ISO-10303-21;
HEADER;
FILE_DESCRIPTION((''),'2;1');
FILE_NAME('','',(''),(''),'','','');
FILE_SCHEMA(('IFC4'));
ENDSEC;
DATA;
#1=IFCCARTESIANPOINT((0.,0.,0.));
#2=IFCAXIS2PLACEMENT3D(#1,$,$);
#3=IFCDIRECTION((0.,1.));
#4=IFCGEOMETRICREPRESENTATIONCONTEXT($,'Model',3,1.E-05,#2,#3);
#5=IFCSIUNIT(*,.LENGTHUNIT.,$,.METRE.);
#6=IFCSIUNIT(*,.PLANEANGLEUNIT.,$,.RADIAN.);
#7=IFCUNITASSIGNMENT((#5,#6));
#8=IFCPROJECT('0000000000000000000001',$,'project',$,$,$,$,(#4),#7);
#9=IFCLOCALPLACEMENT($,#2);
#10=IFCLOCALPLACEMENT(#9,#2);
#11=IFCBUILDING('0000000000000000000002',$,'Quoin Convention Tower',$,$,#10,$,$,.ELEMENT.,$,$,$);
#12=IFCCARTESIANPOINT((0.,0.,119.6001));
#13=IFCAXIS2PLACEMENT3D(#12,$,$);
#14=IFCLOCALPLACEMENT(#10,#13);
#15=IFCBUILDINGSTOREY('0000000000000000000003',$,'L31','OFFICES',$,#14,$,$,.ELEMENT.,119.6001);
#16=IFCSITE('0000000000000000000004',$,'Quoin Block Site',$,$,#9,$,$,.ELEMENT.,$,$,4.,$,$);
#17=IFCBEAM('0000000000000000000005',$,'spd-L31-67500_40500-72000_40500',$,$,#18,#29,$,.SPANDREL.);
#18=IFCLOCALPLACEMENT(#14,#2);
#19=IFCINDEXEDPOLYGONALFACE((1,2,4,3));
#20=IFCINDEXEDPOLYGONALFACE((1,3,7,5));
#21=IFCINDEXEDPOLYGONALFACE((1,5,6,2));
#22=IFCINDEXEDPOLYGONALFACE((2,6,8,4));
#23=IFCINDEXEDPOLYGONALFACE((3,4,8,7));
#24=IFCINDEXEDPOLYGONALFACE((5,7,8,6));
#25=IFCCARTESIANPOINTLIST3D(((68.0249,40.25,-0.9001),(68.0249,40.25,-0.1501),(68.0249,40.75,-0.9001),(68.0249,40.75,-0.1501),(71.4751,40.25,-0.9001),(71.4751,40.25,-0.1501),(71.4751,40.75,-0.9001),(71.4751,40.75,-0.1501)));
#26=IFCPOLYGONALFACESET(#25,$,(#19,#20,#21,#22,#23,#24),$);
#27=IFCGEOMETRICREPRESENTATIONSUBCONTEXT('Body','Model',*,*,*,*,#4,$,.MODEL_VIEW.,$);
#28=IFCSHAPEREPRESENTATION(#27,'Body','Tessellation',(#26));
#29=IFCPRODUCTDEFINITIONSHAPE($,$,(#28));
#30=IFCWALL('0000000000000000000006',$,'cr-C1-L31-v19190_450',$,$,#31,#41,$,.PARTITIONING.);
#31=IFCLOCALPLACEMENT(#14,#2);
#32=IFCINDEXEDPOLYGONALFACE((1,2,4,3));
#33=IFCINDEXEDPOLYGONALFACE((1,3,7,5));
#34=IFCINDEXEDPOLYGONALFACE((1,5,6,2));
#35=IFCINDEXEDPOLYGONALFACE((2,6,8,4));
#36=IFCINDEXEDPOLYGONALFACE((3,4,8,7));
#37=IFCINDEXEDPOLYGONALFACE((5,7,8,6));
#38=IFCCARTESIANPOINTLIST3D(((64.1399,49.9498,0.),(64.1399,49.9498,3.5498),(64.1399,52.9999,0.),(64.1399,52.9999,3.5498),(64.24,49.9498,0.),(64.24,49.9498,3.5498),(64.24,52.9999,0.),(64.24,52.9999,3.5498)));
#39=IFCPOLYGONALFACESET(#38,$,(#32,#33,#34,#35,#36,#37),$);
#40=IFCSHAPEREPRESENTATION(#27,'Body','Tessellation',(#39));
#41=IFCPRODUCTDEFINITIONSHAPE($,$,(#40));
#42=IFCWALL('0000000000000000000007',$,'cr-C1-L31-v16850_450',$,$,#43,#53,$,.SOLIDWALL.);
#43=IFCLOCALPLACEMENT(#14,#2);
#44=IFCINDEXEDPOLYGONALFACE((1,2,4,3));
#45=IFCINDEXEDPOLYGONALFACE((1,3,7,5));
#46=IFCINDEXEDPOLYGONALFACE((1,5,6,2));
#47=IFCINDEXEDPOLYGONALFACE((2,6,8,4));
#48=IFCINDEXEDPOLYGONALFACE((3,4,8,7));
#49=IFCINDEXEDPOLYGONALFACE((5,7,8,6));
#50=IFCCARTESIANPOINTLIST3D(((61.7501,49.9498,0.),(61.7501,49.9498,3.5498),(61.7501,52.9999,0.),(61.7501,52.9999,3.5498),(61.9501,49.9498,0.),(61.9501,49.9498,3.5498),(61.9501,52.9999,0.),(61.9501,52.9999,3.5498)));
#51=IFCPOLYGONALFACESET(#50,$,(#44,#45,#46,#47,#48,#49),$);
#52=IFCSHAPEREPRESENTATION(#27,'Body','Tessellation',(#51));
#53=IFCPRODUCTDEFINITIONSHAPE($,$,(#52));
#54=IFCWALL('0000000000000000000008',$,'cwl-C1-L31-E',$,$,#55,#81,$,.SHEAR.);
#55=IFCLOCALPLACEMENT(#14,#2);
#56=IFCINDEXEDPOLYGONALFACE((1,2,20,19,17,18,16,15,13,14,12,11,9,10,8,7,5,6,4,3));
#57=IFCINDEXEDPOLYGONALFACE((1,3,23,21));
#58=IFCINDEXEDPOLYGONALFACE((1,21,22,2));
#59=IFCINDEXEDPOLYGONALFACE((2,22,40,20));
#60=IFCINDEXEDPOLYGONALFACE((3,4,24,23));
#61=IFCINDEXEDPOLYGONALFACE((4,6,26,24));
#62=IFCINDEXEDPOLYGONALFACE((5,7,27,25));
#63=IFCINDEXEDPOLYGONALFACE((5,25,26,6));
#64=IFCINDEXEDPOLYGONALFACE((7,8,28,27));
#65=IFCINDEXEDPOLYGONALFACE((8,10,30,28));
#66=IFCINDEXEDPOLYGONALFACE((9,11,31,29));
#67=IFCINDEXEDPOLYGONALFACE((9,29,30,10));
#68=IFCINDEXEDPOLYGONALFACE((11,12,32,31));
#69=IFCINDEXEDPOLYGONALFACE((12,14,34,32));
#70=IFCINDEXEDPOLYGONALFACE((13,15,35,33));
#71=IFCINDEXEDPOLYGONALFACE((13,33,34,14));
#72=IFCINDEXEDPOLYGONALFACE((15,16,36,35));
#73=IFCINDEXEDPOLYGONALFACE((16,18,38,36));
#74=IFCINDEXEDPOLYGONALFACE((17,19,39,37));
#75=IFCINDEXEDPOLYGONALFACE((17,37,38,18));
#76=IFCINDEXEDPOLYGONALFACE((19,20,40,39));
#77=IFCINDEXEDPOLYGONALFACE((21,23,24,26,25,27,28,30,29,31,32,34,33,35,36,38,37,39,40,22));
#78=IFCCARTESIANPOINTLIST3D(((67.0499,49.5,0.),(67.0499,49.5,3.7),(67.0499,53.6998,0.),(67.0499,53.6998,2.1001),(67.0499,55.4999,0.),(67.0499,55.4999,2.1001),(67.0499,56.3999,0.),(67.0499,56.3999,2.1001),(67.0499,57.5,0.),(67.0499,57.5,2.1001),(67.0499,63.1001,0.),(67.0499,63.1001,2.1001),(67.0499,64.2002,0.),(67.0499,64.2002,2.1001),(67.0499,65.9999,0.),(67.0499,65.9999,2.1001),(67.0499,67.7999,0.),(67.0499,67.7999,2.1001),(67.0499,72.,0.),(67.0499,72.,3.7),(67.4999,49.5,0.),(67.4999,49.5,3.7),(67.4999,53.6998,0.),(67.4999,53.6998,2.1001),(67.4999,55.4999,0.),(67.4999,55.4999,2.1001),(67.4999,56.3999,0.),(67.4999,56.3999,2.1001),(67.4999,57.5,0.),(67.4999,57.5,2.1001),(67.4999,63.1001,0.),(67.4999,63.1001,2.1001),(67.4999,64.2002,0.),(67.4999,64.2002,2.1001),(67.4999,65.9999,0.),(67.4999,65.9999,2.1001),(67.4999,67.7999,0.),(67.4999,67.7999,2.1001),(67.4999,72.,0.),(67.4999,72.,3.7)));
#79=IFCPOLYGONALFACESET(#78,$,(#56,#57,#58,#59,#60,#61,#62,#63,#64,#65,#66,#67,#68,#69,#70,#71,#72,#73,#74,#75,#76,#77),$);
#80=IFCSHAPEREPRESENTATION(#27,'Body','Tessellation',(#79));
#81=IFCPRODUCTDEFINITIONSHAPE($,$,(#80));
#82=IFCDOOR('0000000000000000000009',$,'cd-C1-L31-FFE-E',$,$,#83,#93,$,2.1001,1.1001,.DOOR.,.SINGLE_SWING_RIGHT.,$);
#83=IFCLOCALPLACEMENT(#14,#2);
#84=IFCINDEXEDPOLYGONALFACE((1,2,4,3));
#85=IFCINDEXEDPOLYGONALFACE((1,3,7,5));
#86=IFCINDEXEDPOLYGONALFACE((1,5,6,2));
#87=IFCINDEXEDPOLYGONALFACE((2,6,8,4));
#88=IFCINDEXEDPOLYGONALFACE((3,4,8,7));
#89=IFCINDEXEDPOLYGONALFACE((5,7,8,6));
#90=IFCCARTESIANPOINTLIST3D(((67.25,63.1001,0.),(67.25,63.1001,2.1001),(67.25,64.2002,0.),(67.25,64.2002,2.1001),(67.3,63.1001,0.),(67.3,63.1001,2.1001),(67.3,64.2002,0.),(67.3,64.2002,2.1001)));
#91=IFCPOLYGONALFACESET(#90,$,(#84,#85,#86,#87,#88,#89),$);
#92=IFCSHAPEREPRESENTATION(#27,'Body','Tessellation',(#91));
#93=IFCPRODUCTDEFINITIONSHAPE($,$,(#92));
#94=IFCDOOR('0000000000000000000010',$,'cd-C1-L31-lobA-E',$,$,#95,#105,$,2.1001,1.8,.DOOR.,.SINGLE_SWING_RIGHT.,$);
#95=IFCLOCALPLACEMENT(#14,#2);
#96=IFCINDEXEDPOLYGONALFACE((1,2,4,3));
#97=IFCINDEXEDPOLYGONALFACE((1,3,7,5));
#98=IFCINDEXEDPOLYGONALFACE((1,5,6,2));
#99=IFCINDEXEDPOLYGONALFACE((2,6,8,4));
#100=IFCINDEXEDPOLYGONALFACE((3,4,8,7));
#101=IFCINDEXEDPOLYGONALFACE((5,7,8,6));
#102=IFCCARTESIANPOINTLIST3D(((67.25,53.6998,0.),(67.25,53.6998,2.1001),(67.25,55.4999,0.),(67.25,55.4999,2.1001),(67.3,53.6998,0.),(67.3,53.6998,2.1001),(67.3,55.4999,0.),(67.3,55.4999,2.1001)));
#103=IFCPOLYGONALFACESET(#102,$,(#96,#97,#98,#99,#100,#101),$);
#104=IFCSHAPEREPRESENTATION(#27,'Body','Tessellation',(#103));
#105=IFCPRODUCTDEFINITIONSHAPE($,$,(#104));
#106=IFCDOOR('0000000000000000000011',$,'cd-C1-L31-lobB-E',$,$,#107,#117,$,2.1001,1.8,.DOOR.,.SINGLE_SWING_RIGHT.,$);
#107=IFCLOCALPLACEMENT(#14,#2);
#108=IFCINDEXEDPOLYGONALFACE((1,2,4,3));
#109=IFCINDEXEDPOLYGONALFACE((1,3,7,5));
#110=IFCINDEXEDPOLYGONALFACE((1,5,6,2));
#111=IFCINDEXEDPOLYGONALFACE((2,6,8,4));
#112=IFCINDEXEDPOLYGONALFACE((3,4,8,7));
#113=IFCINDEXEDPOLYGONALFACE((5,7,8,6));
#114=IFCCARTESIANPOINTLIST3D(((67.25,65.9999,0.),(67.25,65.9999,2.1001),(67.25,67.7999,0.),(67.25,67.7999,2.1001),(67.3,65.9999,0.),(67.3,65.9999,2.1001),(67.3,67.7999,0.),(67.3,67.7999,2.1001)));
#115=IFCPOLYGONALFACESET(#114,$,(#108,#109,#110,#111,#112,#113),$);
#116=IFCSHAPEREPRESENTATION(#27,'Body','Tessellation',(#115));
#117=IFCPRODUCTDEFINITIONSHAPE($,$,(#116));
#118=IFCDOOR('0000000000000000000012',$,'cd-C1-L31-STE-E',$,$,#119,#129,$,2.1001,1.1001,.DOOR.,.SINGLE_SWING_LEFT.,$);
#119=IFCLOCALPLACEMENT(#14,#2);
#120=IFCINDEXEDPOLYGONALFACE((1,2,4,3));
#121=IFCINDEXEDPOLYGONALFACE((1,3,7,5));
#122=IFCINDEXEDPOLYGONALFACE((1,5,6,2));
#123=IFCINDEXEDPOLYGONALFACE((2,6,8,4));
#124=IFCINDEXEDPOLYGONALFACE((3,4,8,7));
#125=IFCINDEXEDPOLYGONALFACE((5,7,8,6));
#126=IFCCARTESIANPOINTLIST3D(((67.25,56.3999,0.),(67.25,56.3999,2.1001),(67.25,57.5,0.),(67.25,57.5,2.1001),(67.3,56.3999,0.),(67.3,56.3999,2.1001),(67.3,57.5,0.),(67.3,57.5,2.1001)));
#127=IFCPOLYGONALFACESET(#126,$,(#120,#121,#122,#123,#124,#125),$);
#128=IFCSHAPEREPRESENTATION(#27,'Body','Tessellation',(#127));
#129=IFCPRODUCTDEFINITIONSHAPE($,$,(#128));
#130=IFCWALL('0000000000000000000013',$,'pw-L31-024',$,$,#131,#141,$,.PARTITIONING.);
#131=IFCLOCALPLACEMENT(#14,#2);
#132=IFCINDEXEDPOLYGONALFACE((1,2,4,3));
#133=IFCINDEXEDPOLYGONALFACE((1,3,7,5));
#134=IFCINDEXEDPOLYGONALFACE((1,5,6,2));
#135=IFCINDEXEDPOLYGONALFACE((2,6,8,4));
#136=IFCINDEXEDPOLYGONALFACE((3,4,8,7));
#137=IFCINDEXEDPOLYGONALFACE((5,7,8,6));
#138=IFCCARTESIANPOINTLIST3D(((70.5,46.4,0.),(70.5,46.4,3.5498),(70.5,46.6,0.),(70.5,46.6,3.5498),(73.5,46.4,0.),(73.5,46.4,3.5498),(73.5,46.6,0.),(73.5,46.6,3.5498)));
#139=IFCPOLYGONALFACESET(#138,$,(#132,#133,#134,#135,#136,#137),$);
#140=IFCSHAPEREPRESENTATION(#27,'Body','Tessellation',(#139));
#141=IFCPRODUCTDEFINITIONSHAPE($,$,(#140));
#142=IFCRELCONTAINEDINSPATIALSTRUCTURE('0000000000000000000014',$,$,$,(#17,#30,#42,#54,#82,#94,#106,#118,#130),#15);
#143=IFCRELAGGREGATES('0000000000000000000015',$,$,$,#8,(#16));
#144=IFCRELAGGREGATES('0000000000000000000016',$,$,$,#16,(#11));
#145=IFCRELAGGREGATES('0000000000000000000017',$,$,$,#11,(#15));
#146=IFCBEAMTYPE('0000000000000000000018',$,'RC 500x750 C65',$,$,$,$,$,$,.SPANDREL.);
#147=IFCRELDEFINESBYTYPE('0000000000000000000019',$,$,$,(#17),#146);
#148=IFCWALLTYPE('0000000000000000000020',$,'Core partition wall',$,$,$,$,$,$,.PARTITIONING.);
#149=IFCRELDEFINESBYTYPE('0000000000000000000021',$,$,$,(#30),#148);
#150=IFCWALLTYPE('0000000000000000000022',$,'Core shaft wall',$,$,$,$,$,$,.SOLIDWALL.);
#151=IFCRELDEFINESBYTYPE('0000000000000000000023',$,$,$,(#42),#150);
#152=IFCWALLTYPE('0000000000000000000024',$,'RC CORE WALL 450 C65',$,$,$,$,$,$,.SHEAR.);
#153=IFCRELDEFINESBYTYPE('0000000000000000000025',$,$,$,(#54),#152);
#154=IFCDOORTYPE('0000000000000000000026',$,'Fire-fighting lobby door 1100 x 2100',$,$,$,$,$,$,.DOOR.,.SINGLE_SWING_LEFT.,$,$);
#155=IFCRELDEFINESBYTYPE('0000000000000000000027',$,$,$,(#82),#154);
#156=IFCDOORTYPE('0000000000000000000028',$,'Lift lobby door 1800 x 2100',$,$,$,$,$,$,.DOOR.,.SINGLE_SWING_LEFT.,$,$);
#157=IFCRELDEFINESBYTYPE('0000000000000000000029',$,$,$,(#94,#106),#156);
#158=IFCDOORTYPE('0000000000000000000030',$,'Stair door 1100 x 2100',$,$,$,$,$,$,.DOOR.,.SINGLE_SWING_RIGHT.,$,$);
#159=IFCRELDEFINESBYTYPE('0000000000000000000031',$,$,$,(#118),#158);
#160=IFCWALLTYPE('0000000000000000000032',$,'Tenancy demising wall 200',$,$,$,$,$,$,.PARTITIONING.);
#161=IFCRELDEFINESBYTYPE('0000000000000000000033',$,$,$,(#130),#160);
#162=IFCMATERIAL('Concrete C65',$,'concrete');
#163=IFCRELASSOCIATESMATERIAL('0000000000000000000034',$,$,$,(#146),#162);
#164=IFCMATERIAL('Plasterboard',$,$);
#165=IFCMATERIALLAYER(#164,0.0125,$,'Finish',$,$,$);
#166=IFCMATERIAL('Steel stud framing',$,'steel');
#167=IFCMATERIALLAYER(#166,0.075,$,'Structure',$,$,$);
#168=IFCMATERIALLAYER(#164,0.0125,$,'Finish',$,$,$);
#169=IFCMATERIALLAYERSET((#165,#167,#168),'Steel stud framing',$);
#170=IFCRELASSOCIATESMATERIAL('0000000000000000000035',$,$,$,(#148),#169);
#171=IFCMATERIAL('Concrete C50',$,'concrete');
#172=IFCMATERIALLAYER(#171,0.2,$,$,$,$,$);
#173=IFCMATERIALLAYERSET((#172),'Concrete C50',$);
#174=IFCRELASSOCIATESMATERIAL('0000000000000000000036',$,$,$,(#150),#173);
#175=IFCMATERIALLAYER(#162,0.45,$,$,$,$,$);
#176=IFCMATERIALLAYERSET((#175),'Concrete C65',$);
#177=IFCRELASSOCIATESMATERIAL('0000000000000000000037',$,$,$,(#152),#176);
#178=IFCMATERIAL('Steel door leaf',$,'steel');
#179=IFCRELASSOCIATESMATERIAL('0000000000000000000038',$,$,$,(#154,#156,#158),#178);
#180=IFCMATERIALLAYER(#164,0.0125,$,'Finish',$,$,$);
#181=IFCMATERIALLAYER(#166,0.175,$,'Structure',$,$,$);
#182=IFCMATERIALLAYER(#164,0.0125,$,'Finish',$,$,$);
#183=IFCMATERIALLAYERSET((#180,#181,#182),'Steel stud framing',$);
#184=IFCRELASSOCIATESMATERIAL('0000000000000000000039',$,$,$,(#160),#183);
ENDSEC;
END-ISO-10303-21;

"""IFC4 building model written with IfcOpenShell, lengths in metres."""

from ifc_helpers import new_model, si_unit, direction, frame, frame_2d, origin, origin_2d, place, context, subcontext, project, spatial, rectangle, extrude, material, layer, layer_set, material_profile, profile_set, type_object, element, fill, save


model = new_model("IFC4")

# Units and contexts
model_context = context("Model", 3, precision=1e-05, world=origin(), true_north=direction((0.0, 1.0)))
body_context = subcontext(model_context, "Body", "Model", "MODEL_VIEW")
ifc_project = project(units=[si_unit("LENGTHUNIT", "METRE"), si_unit("PLANEANGLEUNIT", "RADIAN")], contexts=[model_context])

# Site, building, storey
site_placement = place(None, origin())
site = spatial("IfcSite", under=ifc_project, at=site_placement, Name="Quoin Block Site", CompositionType="ELEMENT", RefElevation=4.0)
building_placement = place(site_placement, origin())
building = spatial("IfcBuilding", under=site, at=building_placement, Name="Quoin Convention Tower", CompositionType="ELEMENT")
storey_placement = place(building_placement, frame((0.0, 0.0, 119.6001)))
storey = spatial("IfcBuildingStorey", under=building, at=storey_placement, Name="L31", Description="OFFICES", CompositionType="ELEMENT", Elevation=119.6001)

# Shared definitions
ifc_material_1 = material(Name="Concrete C65", Category="concrete")

# Beam
ifc_material_profile_1 = material_profile(ifc_material_1, rectangle(XDim=0.5, YDim=0.75, at=origin_2d()), Name="RC 500x750")
ifc_profile_set_1 = profile_set([ifc_material_profile_1], Name="Concrete C65")
beam_type_1 = type_object("IfcBeamType", Name="RC 500x750 C65", PredefinedType="SPANDREL", material=ifc_profile_set_1)
beam_1_placement = place(storey_placement, frame((68.0249, 40.5, -0.5251), z_axis=(1.0, 0.0, 0.0), x_axis=(0.0, 1.0, 0.0)))
element("IfcBeam", 1, at=beam_1_placement, inside=storey, type_object=beam_type_1, Name="spd-L31-67500_40500-72000_40500", PredefinedType="SPANDREL", context=body_context, shape_type="SweptSolid", body=[
    extrude(rectangle(XDim=0.5, YDim=0.75, at=origin_2d()), origin(), (0.0, 0.0, 1.0), 3.4502),
])

# Walls
ifc_material_2 = material(Name="Plasterboard")
ifc_layer_1 = layer(ifc_material_2, 0.0125, Name="Finish")
ifc_material_3 = material(Name="Steel stud framing", Category="steel")
ifc_layer_2 = layer(ifc_material_3, 0.075, Name="Structure")
ifc_layer_3 = layer(ifc_material_2, 0.0125, Name="Finish")
ifc_layer_set_1 = layer_set([ifc_layer_1, ifc_layer_2, ifc_layer_3], Name="Steel stud framing")
wall_type_1 = type_object("IfcWallType", Name="Core partition wall", PredefinedType="PARTITIONING", material=ifc_layer_set_1)
wall_1_placement = place(storey_placement, frame((64.1899, 49.95, 0.0), z_axis=(0.0, 0.0, 1.0), x_axis=(0.0, 1.0, 0.0)))
element("IfcWall", 2, at=wall_1_placement, inside=storey, type_object=wall_type_1, Name="cr-C1-L31-v19190_450", PredefinedType="PARTITIONING", context=body_context, shape_type="SweptSolid", body=[
    extrude(rectangle(XDim=3.05, YDim=0.1001, at=frame_2d((1.5249, 0.0))), origin(), (0.0, 0.0, 1.0), 3.5498),
])
ifc_material_4 = material(Name="Concrete C50", Category="concrete")
ifc_layer_4 = layer(ifc_material_4, 0.2)
ifc_layer_set_2 = layer_set([ifc_layer_4], Name="Concrete C50")
wall_type_2 = type_object("IfcWallType", Name="Core shaft wall", PredefinedType="SOLIDWALL", material=ifc_layer_set_2)
wall_2_placement = place(storey_placement, frame((61.8501, 49.95, 0.0), z_axis=(0.0, 0.0, 1.0), x_axis=(0.0, 1.0, 0.0)))
element("IfcWall", 3, at=wall_2_placement, inside=storey, type_object=wall_type_2, Name="cr-C1-L31-v16850_450", PredefinedType="SOLIDWALL", context=body_context, shape_type="SweptSolid", body=[
    extrude(rectangle(XDim=3.05, YDim=0.2, at=frame_2d((1.5249, 0.0))), origin(), (0.0, 0.0, 1.0), 3.5498),
])

# Wall, openings, doors
ifc_layer_5 = layer(ifc_material_1, 0.45)
ifc_layer_set_3 = layer_set([ifc_layer_5], Name="Concrete C65")
wall_type_3 = type_object("IfcWallType", Name="RC CORE WALL 450 C65", PredefinedType="SHEAR", material=ifc_layer_set_3)
wall_3_placement = place(storey_placement, frame((67.2749, 49.5, 0.0), z_axis=(0.0, 0.0, 1.0), x_axis=(0.0, 1.0, 0.0)))
wall_3 = element("IfcWall", 4, at=wall_3_placement, inside=storey, type_object=wall_type_3, Name="cwl-C1-L31-E", PredefinedType="SHEAR", context=body_context, shape_type="SweptSolid", body=[
    extrude(rectangle(XDim=22.5, YDim=0.45, at=frame_2d((11.25, 0.0))), origin(), (0.0, 0.0, 1.0), 3.7),
])
opening_1_placement = place(wall_3_placement, frame((4.2, 0.0, 0.0)))
opening_1 = element("IfcOpeningElement", 5, at=opening_1_placement, cuts=wall_3, PredefinedType="OPENING", context=body_context, shape_type="SweptSolid", body=[
    extrude(rectangle(XDim=1.8, YDim=2.1001, at=frame_2d((0.8999, 1.05))), frame((0.0, 0.2349, 0.0), z_axis=(0.0, -1.0, 0.0), x_axis=(1.0, 0.0, 0.0)), (0.0, 0.0, 1.0), 0.47),
])
opening_2_placement = place(wall_3_placement, frame((6.8999, 0.0, 0.0)))
opening_2 = element("IfcOpeningElement", 6, at=opening_2_placement, cuts=wall_3, PredefinedType="OPENING", context=body_context, shape_type="SweptSolid", body=[
    extrude(rectangle(XDim=1.1001, YDim=2.1001, at=frame_2d((0.55, 1.05))), frame((0.0, 0.2349, 0.0), z_axis=(0.0, -1.0, 0.0), x_axis=(1.0, 0.0, 0.0)), (0.0, 0.0, 1.0), 0.47),
])
opening_3_placement = place(wall_3_placement, frame((13.6001, 0.0, 0.0)))
opening_3 = element("IfcOpeningElement", 7, at=opening_3_placement, cuts=wall_3, PredefinedType="OPENING", context=body_context, shape_type="SweptSolid", body=[
    extrude(rectangle(XDim=1.1001, YDim=2.1001, at=frame_2d((0.55, 1.05))), frame((0.0, 0.2349, 0.0), z_axis=(0.0, -1.0, 0.0), x_axis=(1.0, 0.0, 0.0)), (0.0, 0.0, 1.0), 0.47),
])
opening_4_placement = place(wall_3_placement, frame((16.5, 0.0, 0.0)))
opening_4 = element("IfcOpeningElement", 8, at=opening_4_placement, cuts=wall_3, PredefinedType="OPENING", context=body_context, shape_type="SweptSolid", body=[
    extrude(rectangle(XDim=1.8, YDim=2.1001, at=frame_2d((0.8999, 1.05))), frame((0.0, 0.2349, 0.0), z_axis=(0.0, -1.0, 0.0), x_axis=(1.0, 0.0, 0.0)), (0.0, 0.0, 1.0), 0.47),
])
ifc_material_5 = material(Name="Steel door leaf", Category="steel")
door_type_1 = type_object("IfcDoorType", Name="Fire-fighting lobby door 1100 x 2100", OperationType="SINGLE_SWING_LEFT", PredefinedType="DOOR", material=ifc_material_5)
door_1_placement = place(opening_3_placement, origin())
door_1 = element("IfcDoor", 9, at=door_1_placement, inside=storey, type_object=door_type_1, Name="cd-C1-L31-FFE-E", OperationType="SINGLE_SWING_RIGHT", OverallHeight=2.1001, OverallWidth=1.1001, PredefinedType="DOOR", context=body_context, shape_type="SweptSolid", body=[
    extrude(rectangle(XDim=1.1001, YDim=2.1001, at=frame_2d((0.55, 1.05))), frame((0.0, 0.0249, 0.0), z_axis=(0.0, -1.0, 0.0), x_axis=(1.0, 0.0, 0.0)), (0.0, 0.0, 1.0), 0.05),
])
fill(opening_3, door_1)
door_type_2 = type_object("IfcDoorType", Name="Lift lobby door 1800 x 2100", OperationType="SINGLE_SWING_LEFT", PredefinedType="DOOR", material=ifc_material_5)
door_2_placement = place(opening_1_placement, origin())
door_2 = element("IfcDoor", 10, at=door_2_placement, inside=storey, type_object=door_type_2, Name="cd-C1-L31-lobA-E", OperationType="SINGLE_SWING_RIGHT", OverallHeight=2.1001, OverallWidth=1.8, PredefinedType="DOOR", context=body_context, shape_type="SweptSolid", body=[
    extrude(rectangle(XDim=1.8, YDim=2.1001, at=frame_2d((0.8999, 1.05))), frame((0.0, 0.0249, 0.0), z_axis=(0.0, -1.0, 0.0), x_axis=(1.0, 0.0, 0.0)), (0.0, 0.0, 1.0), 0.05),
])
fill(opening_1, door_2)
door_3_placement = place(opening_4_placement, origin())
door_3 = element("IfcDoor", 11, at=door_3_placement, inside=storey, type_object=door_type_2, Name="cd-C1-L31-lobB-E", OperationType="SINGLE_SWING_RIGHT", OverallHeight=2.1001, OverallWidth=1.8, PredefinedType="DOOR", context=body_context, shape_type="SweptSolid", body=[
    extrude(rectangle(XDim=1.8, YDim=2.1001, at=frame_2d((0.8999, 1.05))), frame((0.0, 0.0249, 0.0), z_axis=(0.0, -1.0, 0.0), x_axis=(1.0, 0.0, 0.0)), (0.0, 0.0, 1.0), 0.05),
])
fill(opening_4, door_3)
door_type_3 = type_object("IfcDoorType", Name="Stair door 1100 x 2100", OperationType="SINGLE_SWING_RIGHT", PredefinedType="DOOR", material=ifc_material_5)
door_4_placement = place(opening_2_placement, origin())
door_4 = element("IfcDoor", 12, at=door_4_placement, inside=storey, type_object=door_type_3, Name="cd-C1-L31-STE-E", OperationType="SINGLE_SWING_LEFT", OverallHeight=2.1001, OverallWidth=1.1001, PredefinedType="DOOR", context=body_context, shape_type="SweptSolid", body=[
    extrude(rectangle(XDim=1.1001, YDim=2.1001, at=frame_2d((0.55, 1.05))), frame((0.0, 0.0249, 0.0), z_axis=(0.0, -1.0, 0.0), x_axis=(1.0, 0.0, 0.0)), (0.0, 0.0, 1.0), 0.05),
])
fill(opening_2, door_4)

# Wall
ifc_layer_6 = layer(ifc_material_2, 0.0125, Name="Finish")
ifc_layer_7 = layer(ifc_material_3, 0.175, Name="Structure")
ifc_layer_8 = layer(ifc_material_2, 0.0125, Name="Finish")
ifc_layer_set_4 = layer_set([ifc_layer_6, ifc_layer_7, ifc_layer_8], Name="Steel stud framing")
wall_type_4 = type_object("IfcWallType", Name="Tenancy demising wall 200", PredefinedType="PARTITIONING", material=ifc_layer_set_4)
wall_4_placement = place(storey_placement, frame((70.5, 46.5, 0.0), z_axis=(0.0, 0.0, 1.0), x_axis=(1.0, 0.0, 0.0)))
element("IfcWall", 13, at=wall_4_placement, inside=storey, type_object=wall_type_4, Name="pw-L31-024", PredefinedType="PARTITIONING", context=body_context, shape_type="SweptSolid", body=[
    extrude(rectangle(XDim=3.0, YDim=0.2, at=frame_2d((1.5, 0.0))), origin(), (0.0, 0.0, 1.0), 3.5498),
])

save(model, "model.ifc")
